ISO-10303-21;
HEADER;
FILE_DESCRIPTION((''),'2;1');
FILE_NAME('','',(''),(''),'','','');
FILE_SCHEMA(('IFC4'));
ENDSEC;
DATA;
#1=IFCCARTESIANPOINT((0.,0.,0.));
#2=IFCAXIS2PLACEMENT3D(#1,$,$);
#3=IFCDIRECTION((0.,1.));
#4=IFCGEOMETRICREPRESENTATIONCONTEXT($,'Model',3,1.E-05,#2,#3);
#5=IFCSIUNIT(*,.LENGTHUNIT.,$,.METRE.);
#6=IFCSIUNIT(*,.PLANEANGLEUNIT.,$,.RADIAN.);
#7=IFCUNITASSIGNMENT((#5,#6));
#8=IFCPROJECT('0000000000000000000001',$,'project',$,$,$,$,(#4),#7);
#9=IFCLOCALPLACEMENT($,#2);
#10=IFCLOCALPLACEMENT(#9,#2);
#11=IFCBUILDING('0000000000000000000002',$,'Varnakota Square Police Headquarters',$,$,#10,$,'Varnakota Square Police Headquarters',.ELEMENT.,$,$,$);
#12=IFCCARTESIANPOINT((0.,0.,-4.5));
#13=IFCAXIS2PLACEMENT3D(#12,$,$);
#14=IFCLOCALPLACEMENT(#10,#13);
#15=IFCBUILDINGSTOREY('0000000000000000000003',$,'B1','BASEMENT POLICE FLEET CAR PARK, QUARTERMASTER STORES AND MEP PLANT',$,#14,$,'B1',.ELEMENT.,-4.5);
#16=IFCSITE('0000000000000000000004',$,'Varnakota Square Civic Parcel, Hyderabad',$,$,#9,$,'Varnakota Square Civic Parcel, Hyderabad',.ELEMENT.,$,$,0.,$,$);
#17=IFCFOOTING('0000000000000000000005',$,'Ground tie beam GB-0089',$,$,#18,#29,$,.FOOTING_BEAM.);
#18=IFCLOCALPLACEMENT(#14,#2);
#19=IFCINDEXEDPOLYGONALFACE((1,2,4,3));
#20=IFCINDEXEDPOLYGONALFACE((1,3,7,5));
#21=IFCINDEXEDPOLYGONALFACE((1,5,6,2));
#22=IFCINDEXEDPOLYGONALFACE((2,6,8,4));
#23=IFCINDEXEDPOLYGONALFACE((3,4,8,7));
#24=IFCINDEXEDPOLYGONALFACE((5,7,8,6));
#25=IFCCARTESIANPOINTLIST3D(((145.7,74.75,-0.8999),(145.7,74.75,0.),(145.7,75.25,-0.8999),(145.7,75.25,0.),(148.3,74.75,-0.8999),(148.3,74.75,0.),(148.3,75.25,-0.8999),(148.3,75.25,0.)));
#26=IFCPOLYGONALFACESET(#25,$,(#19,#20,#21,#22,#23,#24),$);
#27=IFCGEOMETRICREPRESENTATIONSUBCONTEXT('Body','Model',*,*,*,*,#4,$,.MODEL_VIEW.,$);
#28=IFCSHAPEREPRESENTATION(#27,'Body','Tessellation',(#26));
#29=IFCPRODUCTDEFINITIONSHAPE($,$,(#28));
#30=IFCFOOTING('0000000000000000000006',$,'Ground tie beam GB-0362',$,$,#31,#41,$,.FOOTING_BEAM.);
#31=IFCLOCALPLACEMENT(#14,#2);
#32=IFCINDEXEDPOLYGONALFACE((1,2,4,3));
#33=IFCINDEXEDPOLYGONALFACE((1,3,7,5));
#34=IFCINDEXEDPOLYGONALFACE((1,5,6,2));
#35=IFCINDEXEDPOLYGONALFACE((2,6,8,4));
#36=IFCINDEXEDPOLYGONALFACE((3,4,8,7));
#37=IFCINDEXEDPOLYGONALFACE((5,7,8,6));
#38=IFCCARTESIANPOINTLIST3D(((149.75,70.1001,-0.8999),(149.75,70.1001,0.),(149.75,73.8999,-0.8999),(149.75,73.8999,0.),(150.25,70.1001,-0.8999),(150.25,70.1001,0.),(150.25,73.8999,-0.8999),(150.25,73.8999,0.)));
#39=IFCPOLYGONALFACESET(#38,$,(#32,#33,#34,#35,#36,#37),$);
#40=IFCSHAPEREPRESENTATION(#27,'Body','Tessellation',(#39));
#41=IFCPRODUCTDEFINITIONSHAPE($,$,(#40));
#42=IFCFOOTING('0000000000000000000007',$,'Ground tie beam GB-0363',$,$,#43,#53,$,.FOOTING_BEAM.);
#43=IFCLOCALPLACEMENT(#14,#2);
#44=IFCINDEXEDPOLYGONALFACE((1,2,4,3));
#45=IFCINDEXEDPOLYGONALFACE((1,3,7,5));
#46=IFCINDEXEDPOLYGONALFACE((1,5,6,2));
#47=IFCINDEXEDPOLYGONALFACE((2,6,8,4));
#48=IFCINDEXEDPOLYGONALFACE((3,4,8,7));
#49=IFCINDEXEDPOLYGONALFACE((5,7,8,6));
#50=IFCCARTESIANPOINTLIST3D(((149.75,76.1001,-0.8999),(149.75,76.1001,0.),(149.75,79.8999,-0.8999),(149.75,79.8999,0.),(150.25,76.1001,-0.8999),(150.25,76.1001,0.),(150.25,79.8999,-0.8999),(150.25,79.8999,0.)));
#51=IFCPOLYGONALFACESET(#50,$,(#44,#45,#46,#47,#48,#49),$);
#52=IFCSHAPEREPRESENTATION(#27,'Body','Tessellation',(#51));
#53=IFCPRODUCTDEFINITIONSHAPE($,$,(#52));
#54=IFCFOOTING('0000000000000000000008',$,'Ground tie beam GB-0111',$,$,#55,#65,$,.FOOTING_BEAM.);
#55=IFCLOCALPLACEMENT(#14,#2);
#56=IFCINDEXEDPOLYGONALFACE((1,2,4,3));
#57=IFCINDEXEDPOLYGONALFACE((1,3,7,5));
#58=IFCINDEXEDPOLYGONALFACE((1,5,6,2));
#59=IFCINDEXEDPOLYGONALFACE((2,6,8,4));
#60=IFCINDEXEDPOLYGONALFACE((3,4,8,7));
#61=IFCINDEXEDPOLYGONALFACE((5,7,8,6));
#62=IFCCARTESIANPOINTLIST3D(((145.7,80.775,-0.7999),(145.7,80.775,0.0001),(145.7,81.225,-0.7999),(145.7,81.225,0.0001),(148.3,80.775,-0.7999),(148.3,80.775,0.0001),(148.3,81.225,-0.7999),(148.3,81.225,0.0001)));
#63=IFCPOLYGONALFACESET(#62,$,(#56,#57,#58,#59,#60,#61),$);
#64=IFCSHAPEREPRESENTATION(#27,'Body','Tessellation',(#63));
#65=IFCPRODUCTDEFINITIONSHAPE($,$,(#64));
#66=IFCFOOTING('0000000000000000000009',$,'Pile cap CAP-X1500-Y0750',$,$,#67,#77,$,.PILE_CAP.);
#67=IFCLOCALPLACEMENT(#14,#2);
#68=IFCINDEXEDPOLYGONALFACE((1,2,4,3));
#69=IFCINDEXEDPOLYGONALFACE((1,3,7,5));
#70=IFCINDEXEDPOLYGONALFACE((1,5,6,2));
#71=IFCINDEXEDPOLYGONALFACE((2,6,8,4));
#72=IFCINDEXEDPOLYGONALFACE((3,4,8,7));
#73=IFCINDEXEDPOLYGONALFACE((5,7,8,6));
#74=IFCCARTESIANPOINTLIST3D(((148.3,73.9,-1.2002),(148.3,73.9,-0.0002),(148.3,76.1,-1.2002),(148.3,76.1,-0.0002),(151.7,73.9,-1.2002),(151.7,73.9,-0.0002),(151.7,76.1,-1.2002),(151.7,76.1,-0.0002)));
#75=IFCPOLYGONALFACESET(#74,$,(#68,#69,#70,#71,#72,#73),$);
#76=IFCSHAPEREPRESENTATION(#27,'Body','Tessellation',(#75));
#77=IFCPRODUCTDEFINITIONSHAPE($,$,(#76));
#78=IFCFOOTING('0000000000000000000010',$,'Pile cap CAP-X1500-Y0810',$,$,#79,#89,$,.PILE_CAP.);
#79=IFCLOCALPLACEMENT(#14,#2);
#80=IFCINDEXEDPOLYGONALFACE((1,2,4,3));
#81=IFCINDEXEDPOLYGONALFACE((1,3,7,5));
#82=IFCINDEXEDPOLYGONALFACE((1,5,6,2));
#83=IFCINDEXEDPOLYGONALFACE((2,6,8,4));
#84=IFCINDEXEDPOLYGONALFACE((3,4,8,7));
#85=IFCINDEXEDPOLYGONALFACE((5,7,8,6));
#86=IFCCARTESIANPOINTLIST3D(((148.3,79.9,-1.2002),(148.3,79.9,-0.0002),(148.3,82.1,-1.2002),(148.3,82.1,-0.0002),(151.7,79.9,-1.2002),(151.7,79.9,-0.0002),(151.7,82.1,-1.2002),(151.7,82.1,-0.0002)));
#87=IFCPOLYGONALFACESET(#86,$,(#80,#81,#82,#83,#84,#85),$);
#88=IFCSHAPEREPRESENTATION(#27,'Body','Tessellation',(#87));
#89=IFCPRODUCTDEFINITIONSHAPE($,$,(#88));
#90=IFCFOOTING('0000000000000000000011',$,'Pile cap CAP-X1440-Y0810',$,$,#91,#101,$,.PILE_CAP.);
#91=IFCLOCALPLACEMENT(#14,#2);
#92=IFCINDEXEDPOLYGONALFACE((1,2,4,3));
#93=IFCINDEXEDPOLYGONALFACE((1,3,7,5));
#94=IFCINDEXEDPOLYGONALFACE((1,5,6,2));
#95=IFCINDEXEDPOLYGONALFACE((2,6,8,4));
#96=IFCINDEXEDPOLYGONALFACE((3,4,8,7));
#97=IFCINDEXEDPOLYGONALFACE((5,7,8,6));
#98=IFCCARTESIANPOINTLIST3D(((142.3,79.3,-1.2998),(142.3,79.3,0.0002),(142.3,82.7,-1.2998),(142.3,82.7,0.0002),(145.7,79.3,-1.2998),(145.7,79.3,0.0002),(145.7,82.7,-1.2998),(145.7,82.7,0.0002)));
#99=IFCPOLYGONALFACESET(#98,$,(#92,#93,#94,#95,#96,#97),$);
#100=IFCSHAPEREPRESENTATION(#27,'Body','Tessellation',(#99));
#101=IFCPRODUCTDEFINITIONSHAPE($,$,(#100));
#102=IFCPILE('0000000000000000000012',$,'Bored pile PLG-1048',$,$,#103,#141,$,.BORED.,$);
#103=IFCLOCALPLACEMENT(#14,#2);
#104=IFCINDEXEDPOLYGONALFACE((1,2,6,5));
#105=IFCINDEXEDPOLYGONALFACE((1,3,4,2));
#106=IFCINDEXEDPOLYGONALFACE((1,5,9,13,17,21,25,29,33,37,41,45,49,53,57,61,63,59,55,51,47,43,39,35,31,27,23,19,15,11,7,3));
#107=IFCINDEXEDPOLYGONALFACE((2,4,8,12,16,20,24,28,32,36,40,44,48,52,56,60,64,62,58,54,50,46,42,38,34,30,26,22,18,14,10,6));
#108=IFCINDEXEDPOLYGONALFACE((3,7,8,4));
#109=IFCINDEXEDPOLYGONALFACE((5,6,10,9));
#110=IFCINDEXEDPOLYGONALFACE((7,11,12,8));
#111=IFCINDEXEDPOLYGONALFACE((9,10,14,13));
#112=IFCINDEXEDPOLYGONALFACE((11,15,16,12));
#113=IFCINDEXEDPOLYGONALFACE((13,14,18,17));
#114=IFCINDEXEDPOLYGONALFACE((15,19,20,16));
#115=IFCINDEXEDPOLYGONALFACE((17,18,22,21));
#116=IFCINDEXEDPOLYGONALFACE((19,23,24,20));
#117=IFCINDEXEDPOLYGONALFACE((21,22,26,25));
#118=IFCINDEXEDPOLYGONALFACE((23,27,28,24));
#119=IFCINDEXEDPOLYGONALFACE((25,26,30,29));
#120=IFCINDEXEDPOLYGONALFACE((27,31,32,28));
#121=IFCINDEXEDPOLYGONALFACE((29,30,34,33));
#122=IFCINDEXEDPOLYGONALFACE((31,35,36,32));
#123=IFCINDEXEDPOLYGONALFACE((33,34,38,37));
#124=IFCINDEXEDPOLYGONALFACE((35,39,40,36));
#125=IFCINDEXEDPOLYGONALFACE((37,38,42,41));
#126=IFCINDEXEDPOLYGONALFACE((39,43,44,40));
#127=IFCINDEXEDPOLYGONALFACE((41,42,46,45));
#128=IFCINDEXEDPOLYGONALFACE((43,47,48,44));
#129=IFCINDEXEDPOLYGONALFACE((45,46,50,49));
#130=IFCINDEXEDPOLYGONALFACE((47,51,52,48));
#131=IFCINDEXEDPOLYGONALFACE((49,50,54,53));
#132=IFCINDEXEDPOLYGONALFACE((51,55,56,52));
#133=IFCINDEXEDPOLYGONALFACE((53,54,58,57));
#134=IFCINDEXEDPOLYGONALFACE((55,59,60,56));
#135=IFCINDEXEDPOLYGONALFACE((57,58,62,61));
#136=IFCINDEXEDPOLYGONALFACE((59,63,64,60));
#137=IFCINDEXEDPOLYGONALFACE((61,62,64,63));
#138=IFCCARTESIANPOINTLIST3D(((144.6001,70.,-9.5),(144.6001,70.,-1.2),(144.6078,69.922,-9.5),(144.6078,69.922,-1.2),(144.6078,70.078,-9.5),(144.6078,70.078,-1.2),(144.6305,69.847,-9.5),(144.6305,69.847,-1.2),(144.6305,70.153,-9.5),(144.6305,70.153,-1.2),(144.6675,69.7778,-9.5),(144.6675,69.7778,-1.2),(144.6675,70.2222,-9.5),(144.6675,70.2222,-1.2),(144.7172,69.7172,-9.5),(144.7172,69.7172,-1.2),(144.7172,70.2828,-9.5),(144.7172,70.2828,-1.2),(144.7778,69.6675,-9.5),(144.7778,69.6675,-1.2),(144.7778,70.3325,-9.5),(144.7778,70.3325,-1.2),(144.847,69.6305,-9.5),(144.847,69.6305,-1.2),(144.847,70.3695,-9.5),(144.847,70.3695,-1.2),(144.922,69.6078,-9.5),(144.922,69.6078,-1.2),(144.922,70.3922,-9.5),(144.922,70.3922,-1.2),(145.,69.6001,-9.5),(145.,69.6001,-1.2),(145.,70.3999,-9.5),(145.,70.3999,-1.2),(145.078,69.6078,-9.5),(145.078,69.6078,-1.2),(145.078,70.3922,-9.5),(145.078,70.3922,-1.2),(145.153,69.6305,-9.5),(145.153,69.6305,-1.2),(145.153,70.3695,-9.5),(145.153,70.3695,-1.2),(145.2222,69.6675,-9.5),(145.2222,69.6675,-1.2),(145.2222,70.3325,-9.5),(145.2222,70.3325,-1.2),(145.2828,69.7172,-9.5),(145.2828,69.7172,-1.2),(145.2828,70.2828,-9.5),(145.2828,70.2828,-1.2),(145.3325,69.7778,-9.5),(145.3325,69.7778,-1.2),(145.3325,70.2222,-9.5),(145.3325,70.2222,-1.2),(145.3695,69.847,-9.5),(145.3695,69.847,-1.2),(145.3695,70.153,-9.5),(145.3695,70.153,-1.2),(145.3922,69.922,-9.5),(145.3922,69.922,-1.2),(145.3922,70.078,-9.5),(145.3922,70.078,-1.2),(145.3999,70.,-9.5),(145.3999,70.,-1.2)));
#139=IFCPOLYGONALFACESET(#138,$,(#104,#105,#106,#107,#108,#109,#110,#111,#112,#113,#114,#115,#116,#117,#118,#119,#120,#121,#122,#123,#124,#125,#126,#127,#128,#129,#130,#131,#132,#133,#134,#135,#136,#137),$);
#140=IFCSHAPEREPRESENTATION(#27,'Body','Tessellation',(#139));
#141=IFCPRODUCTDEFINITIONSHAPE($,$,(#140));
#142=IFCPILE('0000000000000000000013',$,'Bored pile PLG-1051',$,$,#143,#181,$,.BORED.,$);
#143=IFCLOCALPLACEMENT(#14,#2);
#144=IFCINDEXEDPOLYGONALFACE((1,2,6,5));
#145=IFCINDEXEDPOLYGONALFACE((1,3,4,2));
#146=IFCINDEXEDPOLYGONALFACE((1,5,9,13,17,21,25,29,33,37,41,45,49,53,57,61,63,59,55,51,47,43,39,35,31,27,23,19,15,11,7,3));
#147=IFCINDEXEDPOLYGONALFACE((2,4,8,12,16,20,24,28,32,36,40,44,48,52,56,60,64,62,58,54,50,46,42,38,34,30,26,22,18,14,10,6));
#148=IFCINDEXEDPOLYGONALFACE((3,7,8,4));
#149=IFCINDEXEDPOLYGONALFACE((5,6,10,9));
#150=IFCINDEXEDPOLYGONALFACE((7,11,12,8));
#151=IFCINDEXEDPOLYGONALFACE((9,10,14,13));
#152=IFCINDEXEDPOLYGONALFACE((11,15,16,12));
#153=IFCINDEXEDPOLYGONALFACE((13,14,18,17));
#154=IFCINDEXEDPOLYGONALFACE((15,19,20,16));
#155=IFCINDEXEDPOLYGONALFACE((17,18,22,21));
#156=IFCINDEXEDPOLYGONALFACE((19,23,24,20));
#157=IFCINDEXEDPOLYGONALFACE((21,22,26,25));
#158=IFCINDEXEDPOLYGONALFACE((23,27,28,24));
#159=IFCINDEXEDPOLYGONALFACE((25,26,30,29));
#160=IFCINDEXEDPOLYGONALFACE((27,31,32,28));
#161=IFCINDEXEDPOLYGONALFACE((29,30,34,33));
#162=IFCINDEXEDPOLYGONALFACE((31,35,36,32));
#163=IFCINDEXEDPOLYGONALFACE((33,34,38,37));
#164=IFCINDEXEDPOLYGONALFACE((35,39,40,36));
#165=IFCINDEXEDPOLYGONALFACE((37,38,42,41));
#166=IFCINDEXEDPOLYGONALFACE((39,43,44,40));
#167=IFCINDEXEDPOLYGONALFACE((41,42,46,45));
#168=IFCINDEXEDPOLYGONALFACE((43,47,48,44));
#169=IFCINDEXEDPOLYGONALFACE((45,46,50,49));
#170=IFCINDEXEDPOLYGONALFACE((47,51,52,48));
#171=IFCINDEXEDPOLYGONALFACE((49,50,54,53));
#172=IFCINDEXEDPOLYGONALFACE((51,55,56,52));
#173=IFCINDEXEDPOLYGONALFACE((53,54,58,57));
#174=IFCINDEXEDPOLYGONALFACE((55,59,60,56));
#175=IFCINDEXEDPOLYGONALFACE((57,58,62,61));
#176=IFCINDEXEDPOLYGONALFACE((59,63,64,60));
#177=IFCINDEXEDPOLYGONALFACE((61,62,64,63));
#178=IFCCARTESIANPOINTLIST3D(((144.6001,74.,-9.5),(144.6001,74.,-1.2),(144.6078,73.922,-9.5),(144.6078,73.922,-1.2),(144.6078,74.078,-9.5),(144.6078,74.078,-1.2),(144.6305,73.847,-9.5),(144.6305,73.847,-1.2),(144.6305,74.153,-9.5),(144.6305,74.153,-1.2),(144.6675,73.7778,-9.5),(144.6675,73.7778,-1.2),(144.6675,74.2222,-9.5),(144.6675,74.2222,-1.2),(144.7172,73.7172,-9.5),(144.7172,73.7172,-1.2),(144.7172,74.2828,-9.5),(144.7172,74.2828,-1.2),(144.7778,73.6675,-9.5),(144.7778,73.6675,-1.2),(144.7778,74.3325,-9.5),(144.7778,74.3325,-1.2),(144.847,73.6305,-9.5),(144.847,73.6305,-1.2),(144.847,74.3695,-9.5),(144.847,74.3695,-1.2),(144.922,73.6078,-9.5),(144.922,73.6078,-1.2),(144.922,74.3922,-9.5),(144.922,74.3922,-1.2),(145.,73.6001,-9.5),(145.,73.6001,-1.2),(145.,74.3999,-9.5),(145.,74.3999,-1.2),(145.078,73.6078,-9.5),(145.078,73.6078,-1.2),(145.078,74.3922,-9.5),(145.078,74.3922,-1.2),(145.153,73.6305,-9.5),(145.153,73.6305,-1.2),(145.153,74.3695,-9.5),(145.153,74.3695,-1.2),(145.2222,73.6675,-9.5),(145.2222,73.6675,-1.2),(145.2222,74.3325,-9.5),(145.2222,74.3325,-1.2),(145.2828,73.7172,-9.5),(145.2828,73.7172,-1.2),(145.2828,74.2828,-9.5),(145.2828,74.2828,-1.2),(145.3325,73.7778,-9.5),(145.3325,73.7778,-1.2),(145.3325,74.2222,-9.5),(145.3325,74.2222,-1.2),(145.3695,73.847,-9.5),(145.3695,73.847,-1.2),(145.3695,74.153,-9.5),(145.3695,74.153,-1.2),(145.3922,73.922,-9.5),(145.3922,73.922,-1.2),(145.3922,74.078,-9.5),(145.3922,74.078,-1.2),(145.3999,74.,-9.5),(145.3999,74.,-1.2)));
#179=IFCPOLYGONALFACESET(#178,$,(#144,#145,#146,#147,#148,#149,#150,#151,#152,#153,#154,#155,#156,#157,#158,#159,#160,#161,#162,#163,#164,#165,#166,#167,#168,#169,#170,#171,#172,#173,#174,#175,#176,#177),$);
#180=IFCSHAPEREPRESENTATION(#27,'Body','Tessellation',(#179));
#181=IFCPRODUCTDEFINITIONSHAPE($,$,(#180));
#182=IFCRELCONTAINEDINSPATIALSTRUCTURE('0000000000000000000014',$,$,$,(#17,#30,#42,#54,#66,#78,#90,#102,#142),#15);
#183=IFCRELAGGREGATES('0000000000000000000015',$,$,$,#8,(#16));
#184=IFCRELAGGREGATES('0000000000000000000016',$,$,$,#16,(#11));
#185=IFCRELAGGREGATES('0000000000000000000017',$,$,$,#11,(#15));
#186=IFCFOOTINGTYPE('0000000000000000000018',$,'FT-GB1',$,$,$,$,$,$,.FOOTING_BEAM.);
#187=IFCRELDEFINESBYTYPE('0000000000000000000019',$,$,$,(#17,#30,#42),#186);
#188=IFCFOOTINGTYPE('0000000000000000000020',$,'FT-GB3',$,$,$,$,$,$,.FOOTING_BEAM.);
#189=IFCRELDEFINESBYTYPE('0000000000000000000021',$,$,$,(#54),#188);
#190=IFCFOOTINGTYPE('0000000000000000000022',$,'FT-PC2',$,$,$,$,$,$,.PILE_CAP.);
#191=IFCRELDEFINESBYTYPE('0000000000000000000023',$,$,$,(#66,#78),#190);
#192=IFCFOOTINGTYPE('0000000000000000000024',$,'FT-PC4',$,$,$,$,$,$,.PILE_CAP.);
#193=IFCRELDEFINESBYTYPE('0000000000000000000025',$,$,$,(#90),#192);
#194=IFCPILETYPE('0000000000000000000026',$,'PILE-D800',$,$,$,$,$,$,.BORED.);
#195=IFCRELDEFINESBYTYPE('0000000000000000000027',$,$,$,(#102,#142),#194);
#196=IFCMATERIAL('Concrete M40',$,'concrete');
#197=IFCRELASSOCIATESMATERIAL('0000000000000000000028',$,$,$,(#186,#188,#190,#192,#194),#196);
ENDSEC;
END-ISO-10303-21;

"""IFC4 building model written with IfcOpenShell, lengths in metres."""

from ifc_helpers import new_model, si_unit, direction, frame, origin, origin_2d, place, context, subcontext, project, spatial, rectangle, circle, extrude, material, material_profile, profile_set, type_object, element, save


model = new_model("IFC4")

# Units and contexts
model_context = context("Model", 3, precision=1e-05, world=origin(), true_north=direction((0.0, 1.0)))
body_context = subcontext(model_context, "Body", "Model", "MODEL_VIEW")
ifc_project = project(units=[si_unit("LENGTHUNIT", "METRE"), si_unit("PLANEANGLEUNIT", "RADIAN")], contexts=[model_context])

# Site, building, storey
site_placement = place(None, origin())
site = spatial("IfcSite", under=ifc_project, at=site_placement, Name="Varnakota Square Civic Parcel, Hyderabad", LongName="Varnakota Square Civic Parcel, Hyderabad", CompositionType="ELEMENT", RefElevation=0.0)
building_placement = place(site_placement, origin())
building = spatial("IfcBuilding", under=site, at=building_placement, Name="Varnakota Square Police Headquarters", LongName="Varnakota Square Police Headquarters", CompositionType="ELEMENT")
storey_placement = place(building_placement, frame((0.0, 0.0, -4.5)))
storey = spatial("IfcBuildingStorey", under=building, at=storey_placement, Name="B1", Description="BASEMENT POLICE FLEET CAR PARK, QUARTERMASTER STORES AND MEP PLANT", LongName="B1", CompositionType="ELEMENT", Elevation=-4.5)

# Footings
ifc_material_1 = material(Name="Concrete M40", Category="concrete")
ifc_material_profile_1 = material_profile(ifc_material_1, rectangle(XDim=0.5, YDim=0.8999, at=origin_2d()), Name="GB 500x900")
ifc_profile_set_1 = profile_set([ifc_material_profile_1], Name="Concrete M40")
footing_type_1 = type_object("IfcFootingType", Name="FT-GB1", PredefinedType="FOOTING_BEAM", material=ifc_profile_set_1)
footing_1_placement = place(storey_placement, frame((145.7, 75.0, -0.45), z_axis=(1.0, 0.0, 0.0), x_axis=(0.0, 1.0, 0.0)))
element("IfcFooting", 1, at=footing_1_placement, inside=storey, type_object=footing_type_1, Name="Ground tie beam GB-0089", PredefinedType="FOOTING_BEAM", context=body_context, shape_type="SweptSolid", body=[
    extrude(rectangle(XDim=0.5, YDim=0.8999, at=origin_2d()), origin(), (0.0, 0.0, 1.0), 2.6001),
])
for number, where, z_axis, x_axis, name in (
    (2, (150.0, 70.1001, -0.45), (0.0, 1.0, 0.0), (-1.0, 0.0, 0.0), "Ground tie beam GB-0362"),
    (3, (150.0, 76.1001, -0.45), (0.0, 1.0, 0.0), (-1.0, 0.0, 0.0), "Ground tie beam GB-0363"),
):
    element("IfcFooting", number, at=place(storey_placement, frame(where, z_axis=z_axis, x_axis=x_axis)), inside=storey, type_object=footing_type_1, Name=name, PredefinedType="FOOTING_BEAM", context=body_context, shape_type="SweptSolid", body=[
        extrude(rectangle(XDim=0.5, YDim=0.8999, at=origin_2d()), origin(), (0.0, 0.0, 1.0), 3.7998),
    ])
ifc_material_profile_2 = material_profile(ifc_material_1, rectangle(XDim=0.45, YDim=0.8, at=origin_2d()), Name="GB 450x800")
ifc_profile_set_2 = profile_set([ifc_material_profile_2], Name="Concrete M40")
footing_type_2 = type_object("IfcFootingType", Name="FT-GB3", PredefinedType="FOOTING_BEAM", material=ifc_profile_set_2)
footing_2_placement = place(storey_placement, frame((145.7, 81.0, -0.3999), z_axis=(1.0, 0.0, 0.0), x_axis=(0.0, 1.0, 0.0)))
element("IfcFooting", 4, at=footing_2_placement, inside=storey, type_object=footing_type_2, Name="Ground tie beam GB-0111", PredefinedType="FOOTING_BEAM", context=body_context, shape_type="SweptSolid", body=[
    extrude(rectangle(XDim=0.45, YDim=0.8, at=origin_2d()), origin(), (0.0, 0.0, 1.0), 2.6001),
])
footing_type_3 = type_object("IfcFootingType", Name="FT-PC2", PredefinedType="PILE_CAP", material=ifc_material_1)
for number, where, z_axis, x_axis, name in (
    (5, (150.0, 75.0, -1.2002), (0.0, 0.0, 1.0), (1.0, 0.0, 0.0), "Pile cap CAP-X1500-Y0750"),
    (6, (150.0, 81.0, -1.2002), (0.0, 0.0, 1.0), (1.0, 0.0, 0.0), "Pile cap CAP-X1500-Y0810"),
):
    element("IfcFooting", number, at=place(storey_placement, frame(where, z_axis=z_axis, x_axis=x_axis)), inside=storey, type_object=footing_type_3, Name=name, PredefinedType="PILE_CAP", context=body_context, shape_type="SweptSolid", body=[
        extrude(rectangle(XDim=3.3999, YDim=2.2, at=origin_2d()), origin(), (0.0, 0.0, 1.0), 1.2),
    ])
footing_type_4 = type_object("IfcFootingType", Name="FT-PC4", PredefinedType="PILE_CAP", material=ifc_material_1)
footing_3_placement = place(storey_placement, frame((144.0, 81.0, -1.2998), z_axis=(0.0, 0.0, 1.0), x_axis=(1.0, 0.0, 0.0)))
element("IfcFooting", 7, at=footing_3_placement, inside=storey, type_object=footing_type_4, Name="Pile cap CAP-X1440-Y0810", PredefinedType="PILE_CAP", context=body_context, shape_type="SweptSolid", body=[
    extrude(rectangle(XDim=3.3999, YDim=3.3999, at=origin_2d()), origin(), (0.0, 0.0, 1.0), 1.3),
])

# Piles
ifc_material_profile_3 = material_profile(ifc_material_1, circle(Radius=0.3999, at=origin_2d()), Name="BORED PILE 800")
ifc_profile_set_3 = profile_set([ifc_material_profile_3], Name="Concrete M40")
pile_type = type_object("IfcPileType", Name="PILE-D800", PredefinedType="BORED", material=ifc_profile_set_3)
for number, where, z_axis, x_axis, name in (
    (8, (145.0, 70.0, -1.2), (0.0, 0.0, -1.0), (1.0, 0.0, 0.0), "Bored pile PLG-1048"),
    (9, (145.0, 74.0, -1.2), (0.0, 0.0, -1.0), (1.0, 0.0, 0.0), "Bored pile PLG-1051"),
):
    element("IfcPile", number, at=place(storey_placement, frame(where, z_axis=z_axis, x_axis=x_axis)), inside=storey, type_object=pile_type, Name=name, PredefinedType="BORED", context=body_context, shape_type="SweptSolid", body=[
        extrude(circle(Radius=0.3999, at=origin_2d()), origin(), (0.0, 0.0, 1.0), 8.3),
    ])

save(model, "model.ifc")
